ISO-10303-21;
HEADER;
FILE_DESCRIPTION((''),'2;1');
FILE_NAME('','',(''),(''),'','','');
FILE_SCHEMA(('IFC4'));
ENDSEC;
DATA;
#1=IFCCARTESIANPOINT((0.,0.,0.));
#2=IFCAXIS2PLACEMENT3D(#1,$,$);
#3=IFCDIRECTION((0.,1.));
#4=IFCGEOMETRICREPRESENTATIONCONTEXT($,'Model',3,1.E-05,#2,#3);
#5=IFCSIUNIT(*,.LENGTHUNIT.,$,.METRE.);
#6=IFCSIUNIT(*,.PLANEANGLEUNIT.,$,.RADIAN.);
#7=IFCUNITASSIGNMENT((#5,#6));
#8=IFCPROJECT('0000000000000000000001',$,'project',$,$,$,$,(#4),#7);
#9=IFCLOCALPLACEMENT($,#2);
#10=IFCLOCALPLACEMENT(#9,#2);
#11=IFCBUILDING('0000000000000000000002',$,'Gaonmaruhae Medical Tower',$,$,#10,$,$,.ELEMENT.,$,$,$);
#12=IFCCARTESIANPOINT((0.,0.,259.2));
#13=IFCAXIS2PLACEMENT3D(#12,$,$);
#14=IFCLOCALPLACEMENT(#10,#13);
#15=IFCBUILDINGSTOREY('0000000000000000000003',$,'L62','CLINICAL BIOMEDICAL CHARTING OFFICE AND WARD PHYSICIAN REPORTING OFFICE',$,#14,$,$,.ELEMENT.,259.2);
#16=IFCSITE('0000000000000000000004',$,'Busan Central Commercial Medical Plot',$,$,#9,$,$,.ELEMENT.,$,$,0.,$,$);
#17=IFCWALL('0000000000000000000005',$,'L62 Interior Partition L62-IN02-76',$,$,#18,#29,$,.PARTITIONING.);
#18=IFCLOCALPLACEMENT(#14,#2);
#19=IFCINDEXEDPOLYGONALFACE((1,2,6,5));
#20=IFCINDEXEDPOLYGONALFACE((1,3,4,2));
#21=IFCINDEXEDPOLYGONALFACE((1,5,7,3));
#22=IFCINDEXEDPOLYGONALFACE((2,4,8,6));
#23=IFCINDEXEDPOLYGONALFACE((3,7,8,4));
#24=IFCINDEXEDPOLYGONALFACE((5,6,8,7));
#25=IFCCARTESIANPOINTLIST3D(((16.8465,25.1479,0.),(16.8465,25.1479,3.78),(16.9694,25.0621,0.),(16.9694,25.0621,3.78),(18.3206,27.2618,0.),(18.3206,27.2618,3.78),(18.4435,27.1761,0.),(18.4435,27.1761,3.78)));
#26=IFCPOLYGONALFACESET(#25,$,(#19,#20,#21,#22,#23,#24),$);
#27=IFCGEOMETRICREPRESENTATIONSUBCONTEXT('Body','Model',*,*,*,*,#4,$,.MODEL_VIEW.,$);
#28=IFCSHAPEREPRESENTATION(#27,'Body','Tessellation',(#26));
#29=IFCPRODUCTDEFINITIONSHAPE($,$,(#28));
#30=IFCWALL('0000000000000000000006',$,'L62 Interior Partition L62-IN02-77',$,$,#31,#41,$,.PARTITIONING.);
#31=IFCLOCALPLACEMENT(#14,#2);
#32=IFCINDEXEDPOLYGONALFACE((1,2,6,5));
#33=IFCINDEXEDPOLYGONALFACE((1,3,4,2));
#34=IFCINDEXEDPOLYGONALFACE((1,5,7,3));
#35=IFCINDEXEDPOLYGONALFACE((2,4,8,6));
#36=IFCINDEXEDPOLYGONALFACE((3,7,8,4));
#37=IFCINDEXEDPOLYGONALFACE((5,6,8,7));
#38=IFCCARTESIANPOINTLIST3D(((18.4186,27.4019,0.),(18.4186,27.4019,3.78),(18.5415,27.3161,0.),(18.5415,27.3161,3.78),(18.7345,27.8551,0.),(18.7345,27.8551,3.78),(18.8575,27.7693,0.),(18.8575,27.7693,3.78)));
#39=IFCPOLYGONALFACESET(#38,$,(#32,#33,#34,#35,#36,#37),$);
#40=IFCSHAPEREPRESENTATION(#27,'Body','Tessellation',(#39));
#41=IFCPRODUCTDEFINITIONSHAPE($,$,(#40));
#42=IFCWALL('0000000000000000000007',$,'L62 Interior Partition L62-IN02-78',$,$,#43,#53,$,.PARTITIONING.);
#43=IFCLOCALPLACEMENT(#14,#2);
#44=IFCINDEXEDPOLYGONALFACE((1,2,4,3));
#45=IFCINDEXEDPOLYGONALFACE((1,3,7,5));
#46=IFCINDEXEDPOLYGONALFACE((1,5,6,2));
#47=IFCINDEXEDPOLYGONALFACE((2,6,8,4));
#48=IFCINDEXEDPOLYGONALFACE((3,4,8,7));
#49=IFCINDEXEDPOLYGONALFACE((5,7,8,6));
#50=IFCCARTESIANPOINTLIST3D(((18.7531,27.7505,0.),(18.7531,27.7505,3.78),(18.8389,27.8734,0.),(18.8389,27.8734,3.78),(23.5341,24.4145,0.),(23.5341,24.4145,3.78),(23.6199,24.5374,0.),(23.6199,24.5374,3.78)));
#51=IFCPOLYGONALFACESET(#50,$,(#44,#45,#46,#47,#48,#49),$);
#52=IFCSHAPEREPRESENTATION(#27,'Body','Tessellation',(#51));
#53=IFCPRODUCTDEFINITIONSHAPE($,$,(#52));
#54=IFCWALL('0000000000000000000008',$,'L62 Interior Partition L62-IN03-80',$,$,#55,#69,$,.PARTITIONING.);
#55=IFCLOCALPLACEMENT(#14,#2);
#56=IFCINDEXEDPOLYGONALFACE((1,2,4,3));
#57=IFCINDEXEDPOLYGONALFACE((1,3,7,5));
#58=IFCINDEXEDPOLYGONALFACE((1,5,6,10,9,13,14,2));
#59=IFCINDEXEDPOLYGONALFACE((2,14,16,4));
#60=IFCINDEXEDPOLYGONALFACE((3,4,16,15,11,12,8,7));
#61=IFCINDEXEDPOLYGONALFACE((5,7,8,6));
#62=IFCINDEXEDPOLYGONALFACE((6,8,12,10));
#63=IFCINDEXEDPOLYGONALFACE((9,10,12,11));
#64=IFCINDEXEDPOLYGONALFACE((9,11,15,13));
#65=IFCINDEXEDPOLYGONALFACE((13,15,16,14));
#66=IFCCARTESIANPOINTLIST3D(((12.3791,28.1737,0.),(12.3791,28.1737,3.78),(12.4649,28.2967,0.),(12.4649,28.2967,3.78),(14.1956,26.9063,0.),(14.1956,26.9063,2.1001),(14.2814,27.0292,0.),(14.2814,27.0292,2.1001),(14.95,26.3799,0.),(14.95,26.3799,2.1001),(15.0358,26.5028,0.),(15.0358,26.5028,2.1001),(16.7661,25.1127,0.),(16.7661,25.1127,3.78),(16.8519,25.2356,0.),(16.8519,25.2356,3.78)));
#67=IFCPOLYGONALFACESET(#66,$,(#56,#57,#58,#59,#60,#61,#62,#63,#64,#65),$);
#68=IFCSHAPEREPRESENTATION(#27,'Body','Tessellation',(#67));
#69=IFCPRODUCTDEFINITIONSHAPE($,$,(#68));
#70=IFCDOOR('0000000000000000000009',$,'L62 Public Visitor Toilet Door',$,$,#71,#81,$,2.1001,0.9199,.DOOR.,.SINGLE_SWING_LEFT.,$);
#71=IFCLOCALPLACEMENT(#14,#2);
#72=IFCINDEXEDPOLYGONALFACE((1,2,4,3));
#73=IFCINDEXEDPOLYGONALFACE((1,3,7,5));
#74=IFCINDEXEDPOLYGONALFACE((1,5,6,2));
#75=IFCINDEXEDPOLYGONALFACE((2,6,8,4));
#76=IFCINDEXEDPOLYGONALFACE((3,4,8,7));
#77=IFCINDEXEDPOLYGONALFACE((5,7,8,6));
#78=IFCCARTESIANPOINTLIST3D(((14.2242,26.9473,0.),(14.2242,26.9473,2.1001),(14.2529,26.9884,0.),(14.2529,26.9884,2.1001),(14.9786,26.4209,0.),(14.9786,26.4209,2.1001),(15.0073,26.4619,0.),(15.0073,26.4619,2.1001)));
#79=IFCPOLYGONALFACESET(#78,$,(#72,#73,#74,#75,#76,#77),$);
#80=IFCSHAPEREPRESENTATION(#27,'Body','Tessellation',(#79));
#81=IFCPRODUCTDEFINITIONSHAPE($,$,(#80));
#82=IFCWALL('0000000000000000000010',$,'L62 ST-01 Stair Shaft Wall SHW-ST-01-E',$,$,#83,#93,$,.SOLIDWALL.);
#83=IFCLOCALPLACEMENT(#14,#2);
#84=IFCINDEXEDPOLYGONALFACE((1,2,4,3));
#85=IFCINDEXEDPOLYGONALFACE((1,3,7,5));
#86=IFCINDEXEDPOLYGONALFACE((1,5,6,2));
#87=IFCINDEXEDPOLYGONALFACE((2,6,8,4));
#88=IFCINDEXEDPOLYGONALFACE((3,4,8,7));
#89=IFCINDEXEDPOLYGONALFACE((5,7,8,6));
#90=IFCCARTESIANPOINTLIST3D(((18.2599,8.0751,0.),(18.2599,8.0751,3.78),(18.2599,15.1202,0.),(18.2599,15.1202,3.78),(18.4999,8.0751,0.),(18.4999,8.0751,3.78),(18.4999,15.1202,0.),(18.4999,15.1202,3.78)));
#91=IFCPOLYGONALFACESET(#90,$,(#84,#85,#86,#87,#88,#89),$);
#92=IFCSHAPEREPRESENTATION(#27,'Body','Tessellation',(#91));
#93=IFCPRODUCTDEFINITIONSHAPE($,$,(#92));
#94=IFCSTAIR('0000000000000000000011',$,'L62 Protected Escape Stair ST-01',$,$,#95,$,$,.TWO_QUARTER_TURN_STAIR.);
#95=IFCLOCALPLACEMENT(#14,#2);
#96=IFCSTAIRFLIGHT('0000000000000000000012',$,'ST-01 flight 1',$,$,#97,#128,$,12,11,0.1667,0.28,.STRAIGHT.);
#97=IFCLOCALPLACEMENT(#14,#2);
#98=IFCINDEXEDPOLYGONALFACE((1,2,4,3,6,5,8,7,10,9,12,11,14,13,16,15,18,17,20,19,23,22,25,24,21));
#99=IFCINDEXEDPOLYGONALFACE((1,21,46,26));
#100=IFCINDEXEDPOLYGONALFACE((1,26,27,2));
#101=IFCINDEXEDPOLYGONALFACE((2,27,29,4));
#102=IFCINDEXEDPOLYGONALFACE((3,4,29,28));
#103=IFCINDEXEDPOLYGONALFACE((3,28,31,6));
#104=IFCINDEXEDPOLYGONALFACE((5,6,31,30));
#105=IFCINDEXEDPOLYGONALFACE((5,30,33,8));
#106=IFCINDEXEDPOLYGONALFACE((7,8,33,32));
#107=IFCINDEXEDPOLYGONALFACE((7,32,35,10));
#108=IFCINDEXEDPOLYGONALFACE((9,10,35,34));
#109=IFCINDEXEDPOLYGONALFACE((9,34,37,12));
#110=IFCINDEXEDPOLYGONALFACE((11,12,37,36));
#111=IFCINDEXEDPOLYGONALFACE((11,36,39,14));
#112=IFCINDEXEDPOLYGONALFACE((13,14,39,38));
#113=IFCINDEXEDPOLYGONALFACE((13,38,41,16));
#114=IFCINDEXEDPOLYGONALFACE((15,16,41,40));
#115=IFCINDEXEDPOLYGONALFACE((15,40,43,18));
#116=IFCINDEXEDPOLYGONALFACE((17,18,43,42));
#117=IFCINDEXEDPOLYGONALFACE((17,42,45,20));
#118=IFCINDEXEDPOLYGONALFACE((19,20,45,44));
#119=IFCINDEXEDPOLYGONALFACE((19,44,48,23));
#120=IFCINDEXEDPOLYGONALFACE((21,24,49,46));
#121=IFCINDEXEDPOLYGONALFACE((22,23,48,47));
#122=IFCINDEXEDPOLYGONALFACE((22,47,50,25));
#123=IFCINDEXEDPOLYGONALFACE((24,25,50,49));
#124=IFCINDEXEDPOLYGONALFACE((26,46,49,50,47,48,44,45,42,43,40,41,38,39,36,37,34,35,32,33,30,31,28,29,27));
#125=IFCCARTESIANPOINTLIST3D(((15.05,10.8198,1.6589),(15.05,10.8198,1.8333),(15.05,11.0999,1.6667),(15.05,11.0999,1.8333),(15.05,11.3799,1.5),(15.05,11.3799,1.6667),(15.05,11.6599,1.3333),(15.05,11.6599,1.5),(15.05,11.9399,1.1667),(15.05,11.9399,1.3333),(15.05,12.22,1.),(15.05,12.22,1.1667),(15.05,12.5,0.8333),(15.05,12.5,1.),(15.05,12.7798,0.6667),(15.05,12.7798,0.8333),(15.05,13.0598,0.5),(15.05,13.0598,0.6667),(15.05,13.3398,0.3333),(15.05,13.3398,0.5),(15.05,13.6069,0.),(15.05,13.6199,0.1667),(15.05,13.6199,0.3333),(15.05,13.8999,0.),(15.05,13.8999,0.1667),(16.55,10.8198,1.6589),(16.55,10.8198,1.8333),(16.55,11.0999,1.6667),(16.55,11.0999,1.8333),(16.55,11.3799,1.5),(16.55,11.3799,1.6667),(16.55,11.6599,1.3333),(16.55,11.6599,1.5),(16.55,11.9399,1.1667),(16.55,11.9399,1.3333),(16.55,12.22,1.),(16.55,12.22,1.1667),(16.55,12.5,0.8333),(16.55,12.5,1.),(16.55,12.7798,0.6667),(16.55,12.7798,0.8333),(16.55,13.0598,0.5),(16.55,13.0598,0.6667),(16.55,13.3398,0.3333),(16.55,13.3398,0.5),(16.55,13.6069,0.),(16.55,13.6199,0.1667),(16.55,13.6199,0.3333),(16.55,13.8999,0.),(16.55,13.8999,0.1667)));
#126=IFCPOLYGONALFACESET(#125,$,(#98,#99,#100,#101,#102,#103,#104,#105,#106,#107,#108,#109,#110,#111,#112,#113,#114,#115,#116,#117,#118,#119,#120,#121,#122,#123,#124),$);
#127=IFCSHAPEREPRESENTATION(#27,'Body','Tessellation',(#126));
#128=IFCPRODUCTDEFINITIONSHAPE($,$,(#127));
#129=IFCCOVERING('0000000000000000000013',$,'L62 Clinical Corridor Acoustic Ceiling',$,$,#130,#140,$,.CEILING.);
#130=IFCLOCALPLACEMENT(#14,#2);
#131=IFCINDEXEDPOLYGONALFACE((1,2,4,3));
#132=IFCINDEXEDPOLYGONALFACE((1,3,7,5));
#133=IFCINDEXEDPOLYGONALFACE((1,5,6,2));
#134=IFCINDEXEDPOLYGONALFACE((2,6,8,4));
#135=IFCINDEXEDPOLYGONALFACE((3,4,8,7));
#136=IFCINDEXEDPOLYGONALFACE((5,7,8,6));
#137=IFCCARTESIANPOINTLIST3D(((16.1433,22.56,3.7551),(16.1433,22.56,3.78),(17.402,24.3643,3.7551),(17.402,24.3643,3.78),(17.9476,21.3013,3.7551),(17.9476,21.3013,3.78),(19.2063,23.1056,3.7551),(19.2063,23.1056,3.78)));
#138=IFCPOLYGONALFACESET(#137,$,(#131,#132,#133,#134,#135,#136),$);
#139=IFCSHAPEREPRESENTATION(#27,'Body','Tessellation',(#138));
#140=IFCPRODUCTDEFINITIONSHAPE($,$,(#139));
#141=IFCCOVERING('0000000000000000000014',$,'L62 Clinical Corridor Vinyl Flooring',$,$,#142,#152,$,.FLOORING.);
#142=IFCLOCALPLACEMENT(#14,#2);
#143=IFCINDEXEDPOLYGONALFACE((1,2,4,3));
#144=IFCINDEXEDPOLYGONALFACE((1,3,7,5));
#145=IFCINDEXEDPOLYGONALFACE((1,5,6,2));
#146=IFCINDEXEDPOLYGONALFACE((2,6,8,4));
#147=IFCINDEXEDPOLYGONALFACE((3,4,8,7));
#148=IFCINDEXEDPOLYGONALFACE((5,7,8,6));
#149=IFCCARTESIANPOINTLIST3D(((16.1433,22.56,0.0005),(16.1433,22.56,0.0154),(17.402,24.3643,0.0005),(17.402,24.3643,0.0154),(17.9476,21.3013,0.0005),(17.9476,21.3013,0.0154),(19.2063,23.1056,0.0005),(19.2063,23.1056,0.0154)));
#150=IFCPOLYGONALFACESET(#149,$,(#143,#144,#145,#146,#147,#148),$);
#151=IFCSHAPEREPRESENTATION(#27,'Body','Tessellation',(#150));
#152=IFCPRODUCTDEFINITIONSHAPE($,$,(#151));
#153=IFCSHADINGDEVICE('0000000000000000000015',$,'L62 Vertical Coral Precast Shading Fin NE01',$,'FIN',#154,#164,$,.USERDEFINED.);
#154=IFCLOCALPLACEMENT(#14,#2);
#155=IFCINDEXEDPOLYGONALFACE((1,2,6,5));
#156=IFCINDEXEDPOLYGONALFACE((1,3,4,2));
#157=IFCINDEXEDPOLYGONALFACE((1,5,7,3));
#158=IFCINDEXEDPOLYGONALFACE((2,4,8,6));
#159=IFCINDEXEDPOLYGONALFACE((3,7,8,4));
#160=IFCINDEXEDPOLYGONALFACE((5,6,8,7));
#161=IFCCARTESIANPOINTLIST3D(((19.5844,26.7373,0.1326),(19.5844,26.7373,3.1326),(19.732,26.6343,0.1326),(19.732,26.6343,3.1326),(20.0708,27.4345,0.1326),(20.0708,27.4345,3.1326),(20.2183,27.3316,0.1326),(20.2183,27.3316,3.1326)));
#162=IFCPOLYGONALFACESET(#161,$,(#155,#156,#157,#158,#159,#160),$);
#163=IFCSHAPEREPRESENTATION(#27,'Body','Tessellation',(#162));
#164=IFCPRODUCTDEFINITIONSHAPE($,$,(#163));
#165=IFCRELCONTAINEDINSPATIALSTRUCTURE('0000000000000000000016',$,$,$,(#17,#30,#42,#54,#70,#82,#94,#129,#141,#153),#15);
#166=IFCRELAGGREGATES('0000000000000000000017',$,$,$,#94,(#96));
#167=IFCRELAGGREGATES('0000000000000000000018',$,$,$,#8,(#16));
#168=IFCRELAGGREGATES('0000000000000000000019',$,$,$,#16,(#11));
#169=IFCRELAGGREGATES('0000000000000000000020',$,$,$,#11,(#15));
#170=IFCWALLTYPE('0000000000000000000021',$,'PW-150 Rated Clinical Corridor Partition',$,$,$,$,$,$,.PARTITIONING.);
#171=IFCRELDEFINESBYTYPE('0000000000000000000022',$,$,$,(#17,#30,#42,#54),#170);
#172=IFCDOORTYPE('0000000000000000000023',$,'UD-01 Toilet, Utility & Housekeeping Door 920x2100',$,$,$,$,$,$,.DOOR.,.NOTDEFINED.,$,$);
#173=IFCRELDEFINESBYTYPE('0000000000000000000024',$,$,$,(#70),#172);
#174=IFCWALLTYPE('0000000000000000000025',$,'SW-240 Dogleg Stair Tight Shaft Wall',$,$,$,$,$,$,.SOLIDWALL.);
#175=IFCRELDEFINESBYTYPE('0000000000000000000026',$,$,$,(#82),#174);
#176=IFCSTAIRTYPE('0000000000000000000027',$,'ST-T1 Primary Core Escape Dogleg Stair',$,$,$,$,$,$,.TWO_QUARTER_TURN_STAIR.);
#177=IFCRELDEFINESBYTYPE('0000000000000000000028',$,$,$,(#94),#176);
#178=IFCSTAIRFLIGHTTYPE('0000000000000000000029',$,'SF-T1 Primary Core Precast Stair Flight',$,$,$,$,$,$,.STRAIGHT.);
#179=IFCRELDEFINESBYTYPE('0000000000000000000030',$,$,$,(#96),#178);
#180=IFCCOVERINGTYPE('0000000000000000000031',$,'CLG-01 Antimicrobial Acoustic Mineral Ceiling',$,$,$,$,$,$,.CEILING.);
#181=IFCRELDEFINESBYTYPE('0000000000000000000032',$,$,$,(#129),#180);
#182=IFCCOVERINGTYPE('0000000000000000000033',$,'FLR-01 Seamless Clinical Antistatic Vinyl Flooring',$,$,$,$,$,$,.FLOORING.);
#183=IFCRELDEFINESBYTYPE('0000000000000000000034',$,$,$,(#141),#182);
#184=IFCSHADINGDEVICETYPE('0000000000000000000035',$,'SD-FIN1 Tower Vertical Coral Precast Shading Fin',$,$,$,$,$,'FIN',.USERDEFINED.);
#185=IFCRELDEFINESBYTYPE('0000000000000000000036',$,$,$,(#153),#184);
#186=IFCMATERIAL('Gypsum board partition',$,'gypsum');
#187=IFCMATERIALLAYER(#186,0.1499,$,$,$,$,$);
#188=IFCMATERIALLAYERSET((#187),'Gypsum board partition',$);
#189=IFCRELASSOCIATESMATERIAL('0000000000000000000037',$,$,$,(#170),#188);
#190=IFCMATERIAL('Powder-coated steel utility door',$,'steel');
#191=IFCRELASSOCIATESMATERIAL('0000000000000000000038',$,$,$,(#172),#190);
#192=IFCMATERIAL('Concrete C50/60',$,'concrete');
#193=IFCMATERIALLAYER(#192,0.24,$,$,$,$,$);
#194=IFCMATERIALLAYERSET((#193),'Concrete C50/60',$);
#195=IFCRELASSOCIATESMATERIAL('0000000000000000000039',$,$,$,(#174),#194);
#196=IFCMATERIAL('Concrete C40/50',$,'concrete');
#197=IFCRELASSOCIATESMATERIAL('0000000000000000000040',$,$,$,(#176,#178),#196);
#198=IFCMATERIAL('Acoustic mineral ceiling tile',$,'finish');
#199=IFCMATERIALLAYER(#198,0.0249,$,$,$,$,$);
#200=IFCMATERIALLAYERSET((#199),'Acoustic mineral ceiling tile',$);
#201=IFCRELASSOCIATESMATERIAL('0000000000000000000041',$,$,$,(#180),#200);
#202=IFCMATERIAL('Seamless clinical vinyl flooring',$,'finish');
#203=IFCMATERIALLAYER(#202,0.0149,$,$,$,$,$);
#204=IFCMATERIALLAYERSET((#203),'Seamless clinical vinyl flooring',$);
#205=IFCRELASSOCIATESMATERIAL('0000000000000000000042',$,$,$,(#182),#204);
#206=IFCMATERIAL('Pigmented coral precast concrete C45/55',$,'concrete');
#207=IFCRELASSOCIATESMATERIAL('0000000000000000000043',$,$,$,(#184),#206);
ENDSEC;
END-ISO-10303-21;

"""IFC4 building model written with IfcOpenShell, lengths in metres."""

from ifc_helpers import new_model, si_unit, direction, frame, frame_2d, origin, origin_2d, place, context, subcontext, project, spatial, polyline, rectangle, outline, extrude, material, layer, layer_set, type_object, element, fill, aggregate, save


model = new_model("IFC4")

# Units and contexts
model_context = context("Model", 3, precision=1e-05, world=origin(), true_north=direction((0.0, 1.0)))
body_context = subcontext(model_context, "Body", "Model", "MODEL_VIEW")
ifc_project = project(units=[si_unit("LENGTHUNIT", "METRE"), si_unit("PLANEANGLEUNIT", "RADIAN")], contexts=[model_context])

# Site, building, storey
site_placement = place(None, origin())
site = spatial("IfcSite", under=ifc_project, at=site_placement, Name="Busan Central Commercial Medical Plot", CompositionType="ELEMENT", RefElevation=0.0)
building_placement = place(site_placement, origin())
building = spatial("IfcBuilding", under=site, at=building_placement, Name="Gaonmaruhae Medical Tower", CompositionType="ELEMENT")
storey_placement = place(building_placement, frame((0.0, 0.0, 259.2)))
storey = spatial("IfcBuildingStorey", under=building, at=storey_placement, Name="L62", Description="CLINICAL BIOMEDICAL CHARTING OFFICE AND WARD PHYSICIAN REPORTING OFFICE", CompositionType="ELEMENT", Elevation=259.2)

# Shared definitions
ifc_material_1 = material(Name="Concrete C50/60", Category="concrete")

# Shared definitions
ifc_material_2 = material(Name="Gypsum board partition", Category="gypsum")
ifc_layer_1 = layer(ifc_material_2, 0.1499)
ifc_layer_set_1 = layer_set([ifc_layer_1], Name="Gypsum board partition")
wall_type_1 = type_object("IfcWallType", Name="PW-150 Rated Clinical Corridor Partition", PredefinedType="PARTITIONING", material=ifc_layer_set_1)

# Shared definitions
ifc_material_3 = material(Name="Powder-coated steel utility door", Category="steel")
door_type_1 = type_object("IfcDoorType", Name="UD-01 Toilet, Utility & Housekeeping Door 920x2100", OperationType="NOTDEFINED", PredefinedType="DOOR", material=ifc_material_3)

# Walls
wall_1_placement = place(storey_placement, frame((16.908, 25.105, 0.0), z_axis=(0.0, 0.0, 1.0), x_axis=(0.57198, 0.820268, 0.0)))
element("IfcWall", 1, at=wall_1_placement, inside=storey, type_object=wall_type_1, Name="L62 Interior Partition L62-IN02-76", PredefinedType="PARTITIONING", context=body_context, shape_type="SweptSolid", body=[
    extrude(rectangle(XDim=2.5771, YDim=0.1499, at=frame_2d((1.2886, 0.0))), origin(), (0.0, 0.0, 1.0), 3.78),
])
wall_2_placement = place(storey_placement, frame((18.48, 27.3589, 0.0), z_axis=(0.0, 0.0, 1.0), x_axis=(0.571919, 0.82031, 0.0)))
element("IfcWall", 2, at=wall_2_placement, inside=storey, type_object=wall_type_1, Name="L62 Interior Partition L62-IN02-77", PredefinedType="PARTITIONING", context=body_context, shape_type="SweptSolid", body=[
    extrude(rectangle(XDim=0.5525, YDim=0.1499, at=frame_2d((0.2764, 0.0))), origin(), (0.0, 0.0, 1.0), 3.78),
])
wall_3_placement = place(storey_placement, frame((18.7959, 27.812, 0.0), z_axis=(0.0, 0.0, 1.0), x_axis=(0.820099, -0.572222, 0.0)))
element("IfcWall", 3, at=wall_3_placement, inside=storey, type_object=wall_type_1, Name="L62 Interior Partition L62-IN02-78", PredefinedType="PARTITIONING", context=body_context, shape_type="SweptSolid", body=[
    extrude(rectangle(XDim=5.8298, YDim=0.1499, at=frame_2d((2.915, 0.0))), origin(), (0.0, 0.0, 1.0), 3.78),
])

# Wall, opening, door
wall_4_placement = place(storey_placement, frame((16.8091, 25.1741, 0.0), z_axis=(0.0, 0.0, 1.0), x_axis=(-0.820095, 0.572227, 0.0)))
wall_4 = element("IfcWall", 4, at=wall_4_placement, inside=storey, type_object=wall_type_1, Name="L62 Interior Partition L62-IN03-80", PredefinedType="PARTITIONING", context=body_context, shape_type="SweptSolid", body=[
    extrude(rectangle(XDim=5.3494, YDim=0.1499, at=frame_2d((2.6748, 0.0))), origin(), (0.0, 0.0, 1.0), 3.78),
])
opening_1_placement = place(wall_4_placement, frame((2.2146, 0.0, 0.0)))
opening_1 = element("IfcOpeningElement", 5, at=opening_1_placement, cuts=wall_4, PredefinedType="OPENING", context=body_context, shape_type="SweptSolid", body=[
    extrude(rectangle(XDim=0.9199, YDim=2.1001, at=frame_2d((0.46, 1.05))), frame((0.0, 0.085, 0.0), z_axis=(0.0, -1.0, 0.0), x_axis=(1.0, 0.0, 0.0)), (0.0, 0.0, 1.0), 0.1699),
])
door_1_placement = place(opening_1_placement, origin())
door_1 = element("IfcDoor", 6, at=door_1_placement, inside=storey, type_object=door_type_1, Name="L62 Public Visitor Toilet Door", OperationType="SINGLE_SWING_LEFT", OverallHeight=2.1001, OverallWidth=0.9199, PredefinedType="DOOR", context=body_context, shape_type="SweptSolid", body=[
    extrude(rectangle(XDim=0.9199, YDim=2.1001, at=frame_2d((0.46, 1.05))), frame((0.0, 0.0249, 0.0), z_axis=(0.0, -1.0, 0.0), x_axis=(1.0, 0.0, 0.0)), (0.0, 0.0, 1.0), 0.05),
])
fill(opening_1, door_1)

# Wall
ifc_layer_2 = layer(ifc_material_1, 0.24)
ifc_layer_set_2 = layer_set([ifc_layer_2], Name="Concrete C50/60")
wall_type_2 = type_object("IfcWallType", Name="SW-240 Dogleg Stair Tight Shaft Wall", PredefinedType="SOLIDWALL", material=ifc_layer_set_2)
wall_5_placement = place(storey_placement, frame((18.3799, 15.1201, 0.0), z_axis=(0.0, 0.0, 1.0), x_axis=(0.0, -1.0, 0.0)))
element("IfcWall", 7, at=wall_5_placement, inside=storey, type_object=wall_type_2, Name="L62 ST-01 Stair Shaft Wall SHW-ST-01-E", PredefinedType="SOLIDWALL", context=body_context, shape_type="SweptSolid", body=[
    extrude(rectangle(XDim=7.0452, YDim=0.24, at=frame_2d((3.5225, 0.0))), origin(), (0.0, 0.0, 1.0), 3.78),
])

# Stair, stair flight
ifc_material_4 = material(Name="Concrete C40/50", Category="concrete")
stair_type = type_object("IfcStairType", Name="ST-T1 Primary Core Escape Dogleg Stair", PredefinedType="TWO_QUARTER_TURN_STAIR", material=ifc_material_4)
stair_placement = place(storey_placement, origin())
stair = element("IfcStair", 8, at=stair_placement, inside=storey, type_object=stair_type, Name="L62 Protected Escape Stair ST-01", PredefinedType="TWO_QUARTER_TURN_STAIR")
stair_flight_type = type_object("IfcStairFlightType", Name="SF-T1 Primary Core Precast Stair Flight", PredefinedType="STRAIGHT", material=ifc_material_4)
stair_flight_placement = place(storey_placement, frame((15.8, 13.8999, 0.0), z_axis=(0.0, 0.0, 1.0), x_axis=(0.0, -1.0, 0.0)))
stair_flight = element("IfcStairFlight", 9, at=stair_flight_placement, type_object=stair_flight_type, Name="ST-01 flight 1", NumberOfRisers=12, NumberOfTreads=11, PredefinedType="STRAIGHT", RiserHeight=0.1667, TreadLength=0.28, context=body_context, shape_type="SweptSolid", body=[
    extrude(outline(polyline([(0.0, 0.0), (0.0, 0.1667), (0.28, 0.1667), (0.28, 0.3333), (0.5601, 0.3333), (0.5601, 0.5), (0.8401, 0.5), (0.8401, 0.6667), (1.1201, 0.6667), (1.1201, 0.8333), (1.3999, 0.8333), (1.3999, 1.0), (1.6799, 1.0), (1.6799, 1.1667), (1.96, 1.1667), (1.96, 1.3333), (2.24, 1.3333), (2.24, 1.5), (2.52, 1.5), (2.52, 1.6667), (2.8, 1.6667), (2.8, 1.8333), (3.0801, 1.8333), (3.0801, 2.0), (3.0801, 1.6589), (0.293, 0.0), (0.0, 0.0)])), frame((0.0, 0.75, 0.0), z_axis=(0.0, -1.0, 0.0), x_axis=(1.0, 0.0, 0.0)), (0.0, 0.0, 1.0), 1.5),
])
aggregate(stair, [stair_flight])

# Coverings
ifc_material_5 = material(Name="Acoustic mineral ceiling tile", Category="finish")
ifc_layer_3 = layer(ifc_material_5, 0.0249)
ifc_layer_set_3 = layer_set([ifc_layer_3], Name="Acoustic mineral ceiling tile")
covering_type_1 = type_object("IfcCoveringType", Name="CLG-01 Antimicrobial Acoustic Mineral Ceiling", PredefinedType="CEILING", material=ifc_layer_set_3)
covering_1_placement = place(storey_placement, frame((17.6748, 22.8328, 3.7551), z_axis=(0.0, 0.0, 1.0), x_axis=(0.572146, 0.820152, 0.0)))
element("IfcCovering", 10, at=covering_1_placement, inside=storey, type_object=covering_type_1, Name="L62 Clinical Corridor Acoustic Ceiling", PredefinedType="CEILING", context=body_context, shape_type="SweptSolid", body=[
    extrude(rectangle(XDim=2.2, YDim=2.2, at=origin_2d()), origin(), (0.0, 0.0, 1.0), 0.0249),
])
ifc_material_6 = material(Name="Seamless clinical vinyl flooring", Category="finish")
ifc_layer_4 = layer(ifc_material_6, 0.0149)
ifc_layer_set_4 = layer_set([ifc_layer_4], Name="Seamless clinical vinyl flooring")
covering_type_2 = type_object("IfcCoveringType", Name="FLR-01 Seamless Clinical Antistatic Vinyl Flooring", PredefinedType="FLOORING", material=ifc_layer_set_4)
covering_2_placement = place(storey_placement, frame((17.6748, 22.8328, 0.0005), z_axis=(0.0, 0.0, 1.0), x_axis=(0.572146, 0.820152, 0.0)))
element("IfcCovering", 11, at=covering_2_placement, inside=storey, type_object=covering_type_2, Name="L62 Clinical Corridor Vinyl Flooring", PredefinedType="FLOORING", context=body_context, shape_type="SweptSolid", body=[
    extrude(rectangle(XDim=2.2, YDim=2.2, at=origin_2d()), origin(), (0.0, 0.0, 1.0), 0.0149),
])

# Shading device
ifc_material_7 = material(Name="Pigmented coral precast concrete C45/55", Category="concrete")
shading_device_type = type_object("IfcShadingDeviceType", Name="SD-FIN1 Tower Vertical Coral Precast Shading Fin", ElementType="FIN", PredefinedType="USERDEFINED", material=ifc_material_7)
shading_device_placement = place(storey_placement, frame((19.9014, 27.0344, 0.1326), z_axis=(0.0, 0.0, 1.0), x_axis=(0.820152, -0.572146, 0.0)))
element("IfcShadingDevice", 12, at=shading_device_placement, inside=storey, type_object=shading_device_type, Name="L62 Vertical Coral Precast Shading Fin NE01", ObjectType="FIN", PredefinedType="USERDEFINED", context=body_context, shape_type="SweptSolid", body=[
    extrude(rectangle(XDim=0.1799, YDim=0.8501, at=origin_2d()), origin(), (0.0, 0.0, 1.0), 3.0),
])

save(model, "model.ifc")
